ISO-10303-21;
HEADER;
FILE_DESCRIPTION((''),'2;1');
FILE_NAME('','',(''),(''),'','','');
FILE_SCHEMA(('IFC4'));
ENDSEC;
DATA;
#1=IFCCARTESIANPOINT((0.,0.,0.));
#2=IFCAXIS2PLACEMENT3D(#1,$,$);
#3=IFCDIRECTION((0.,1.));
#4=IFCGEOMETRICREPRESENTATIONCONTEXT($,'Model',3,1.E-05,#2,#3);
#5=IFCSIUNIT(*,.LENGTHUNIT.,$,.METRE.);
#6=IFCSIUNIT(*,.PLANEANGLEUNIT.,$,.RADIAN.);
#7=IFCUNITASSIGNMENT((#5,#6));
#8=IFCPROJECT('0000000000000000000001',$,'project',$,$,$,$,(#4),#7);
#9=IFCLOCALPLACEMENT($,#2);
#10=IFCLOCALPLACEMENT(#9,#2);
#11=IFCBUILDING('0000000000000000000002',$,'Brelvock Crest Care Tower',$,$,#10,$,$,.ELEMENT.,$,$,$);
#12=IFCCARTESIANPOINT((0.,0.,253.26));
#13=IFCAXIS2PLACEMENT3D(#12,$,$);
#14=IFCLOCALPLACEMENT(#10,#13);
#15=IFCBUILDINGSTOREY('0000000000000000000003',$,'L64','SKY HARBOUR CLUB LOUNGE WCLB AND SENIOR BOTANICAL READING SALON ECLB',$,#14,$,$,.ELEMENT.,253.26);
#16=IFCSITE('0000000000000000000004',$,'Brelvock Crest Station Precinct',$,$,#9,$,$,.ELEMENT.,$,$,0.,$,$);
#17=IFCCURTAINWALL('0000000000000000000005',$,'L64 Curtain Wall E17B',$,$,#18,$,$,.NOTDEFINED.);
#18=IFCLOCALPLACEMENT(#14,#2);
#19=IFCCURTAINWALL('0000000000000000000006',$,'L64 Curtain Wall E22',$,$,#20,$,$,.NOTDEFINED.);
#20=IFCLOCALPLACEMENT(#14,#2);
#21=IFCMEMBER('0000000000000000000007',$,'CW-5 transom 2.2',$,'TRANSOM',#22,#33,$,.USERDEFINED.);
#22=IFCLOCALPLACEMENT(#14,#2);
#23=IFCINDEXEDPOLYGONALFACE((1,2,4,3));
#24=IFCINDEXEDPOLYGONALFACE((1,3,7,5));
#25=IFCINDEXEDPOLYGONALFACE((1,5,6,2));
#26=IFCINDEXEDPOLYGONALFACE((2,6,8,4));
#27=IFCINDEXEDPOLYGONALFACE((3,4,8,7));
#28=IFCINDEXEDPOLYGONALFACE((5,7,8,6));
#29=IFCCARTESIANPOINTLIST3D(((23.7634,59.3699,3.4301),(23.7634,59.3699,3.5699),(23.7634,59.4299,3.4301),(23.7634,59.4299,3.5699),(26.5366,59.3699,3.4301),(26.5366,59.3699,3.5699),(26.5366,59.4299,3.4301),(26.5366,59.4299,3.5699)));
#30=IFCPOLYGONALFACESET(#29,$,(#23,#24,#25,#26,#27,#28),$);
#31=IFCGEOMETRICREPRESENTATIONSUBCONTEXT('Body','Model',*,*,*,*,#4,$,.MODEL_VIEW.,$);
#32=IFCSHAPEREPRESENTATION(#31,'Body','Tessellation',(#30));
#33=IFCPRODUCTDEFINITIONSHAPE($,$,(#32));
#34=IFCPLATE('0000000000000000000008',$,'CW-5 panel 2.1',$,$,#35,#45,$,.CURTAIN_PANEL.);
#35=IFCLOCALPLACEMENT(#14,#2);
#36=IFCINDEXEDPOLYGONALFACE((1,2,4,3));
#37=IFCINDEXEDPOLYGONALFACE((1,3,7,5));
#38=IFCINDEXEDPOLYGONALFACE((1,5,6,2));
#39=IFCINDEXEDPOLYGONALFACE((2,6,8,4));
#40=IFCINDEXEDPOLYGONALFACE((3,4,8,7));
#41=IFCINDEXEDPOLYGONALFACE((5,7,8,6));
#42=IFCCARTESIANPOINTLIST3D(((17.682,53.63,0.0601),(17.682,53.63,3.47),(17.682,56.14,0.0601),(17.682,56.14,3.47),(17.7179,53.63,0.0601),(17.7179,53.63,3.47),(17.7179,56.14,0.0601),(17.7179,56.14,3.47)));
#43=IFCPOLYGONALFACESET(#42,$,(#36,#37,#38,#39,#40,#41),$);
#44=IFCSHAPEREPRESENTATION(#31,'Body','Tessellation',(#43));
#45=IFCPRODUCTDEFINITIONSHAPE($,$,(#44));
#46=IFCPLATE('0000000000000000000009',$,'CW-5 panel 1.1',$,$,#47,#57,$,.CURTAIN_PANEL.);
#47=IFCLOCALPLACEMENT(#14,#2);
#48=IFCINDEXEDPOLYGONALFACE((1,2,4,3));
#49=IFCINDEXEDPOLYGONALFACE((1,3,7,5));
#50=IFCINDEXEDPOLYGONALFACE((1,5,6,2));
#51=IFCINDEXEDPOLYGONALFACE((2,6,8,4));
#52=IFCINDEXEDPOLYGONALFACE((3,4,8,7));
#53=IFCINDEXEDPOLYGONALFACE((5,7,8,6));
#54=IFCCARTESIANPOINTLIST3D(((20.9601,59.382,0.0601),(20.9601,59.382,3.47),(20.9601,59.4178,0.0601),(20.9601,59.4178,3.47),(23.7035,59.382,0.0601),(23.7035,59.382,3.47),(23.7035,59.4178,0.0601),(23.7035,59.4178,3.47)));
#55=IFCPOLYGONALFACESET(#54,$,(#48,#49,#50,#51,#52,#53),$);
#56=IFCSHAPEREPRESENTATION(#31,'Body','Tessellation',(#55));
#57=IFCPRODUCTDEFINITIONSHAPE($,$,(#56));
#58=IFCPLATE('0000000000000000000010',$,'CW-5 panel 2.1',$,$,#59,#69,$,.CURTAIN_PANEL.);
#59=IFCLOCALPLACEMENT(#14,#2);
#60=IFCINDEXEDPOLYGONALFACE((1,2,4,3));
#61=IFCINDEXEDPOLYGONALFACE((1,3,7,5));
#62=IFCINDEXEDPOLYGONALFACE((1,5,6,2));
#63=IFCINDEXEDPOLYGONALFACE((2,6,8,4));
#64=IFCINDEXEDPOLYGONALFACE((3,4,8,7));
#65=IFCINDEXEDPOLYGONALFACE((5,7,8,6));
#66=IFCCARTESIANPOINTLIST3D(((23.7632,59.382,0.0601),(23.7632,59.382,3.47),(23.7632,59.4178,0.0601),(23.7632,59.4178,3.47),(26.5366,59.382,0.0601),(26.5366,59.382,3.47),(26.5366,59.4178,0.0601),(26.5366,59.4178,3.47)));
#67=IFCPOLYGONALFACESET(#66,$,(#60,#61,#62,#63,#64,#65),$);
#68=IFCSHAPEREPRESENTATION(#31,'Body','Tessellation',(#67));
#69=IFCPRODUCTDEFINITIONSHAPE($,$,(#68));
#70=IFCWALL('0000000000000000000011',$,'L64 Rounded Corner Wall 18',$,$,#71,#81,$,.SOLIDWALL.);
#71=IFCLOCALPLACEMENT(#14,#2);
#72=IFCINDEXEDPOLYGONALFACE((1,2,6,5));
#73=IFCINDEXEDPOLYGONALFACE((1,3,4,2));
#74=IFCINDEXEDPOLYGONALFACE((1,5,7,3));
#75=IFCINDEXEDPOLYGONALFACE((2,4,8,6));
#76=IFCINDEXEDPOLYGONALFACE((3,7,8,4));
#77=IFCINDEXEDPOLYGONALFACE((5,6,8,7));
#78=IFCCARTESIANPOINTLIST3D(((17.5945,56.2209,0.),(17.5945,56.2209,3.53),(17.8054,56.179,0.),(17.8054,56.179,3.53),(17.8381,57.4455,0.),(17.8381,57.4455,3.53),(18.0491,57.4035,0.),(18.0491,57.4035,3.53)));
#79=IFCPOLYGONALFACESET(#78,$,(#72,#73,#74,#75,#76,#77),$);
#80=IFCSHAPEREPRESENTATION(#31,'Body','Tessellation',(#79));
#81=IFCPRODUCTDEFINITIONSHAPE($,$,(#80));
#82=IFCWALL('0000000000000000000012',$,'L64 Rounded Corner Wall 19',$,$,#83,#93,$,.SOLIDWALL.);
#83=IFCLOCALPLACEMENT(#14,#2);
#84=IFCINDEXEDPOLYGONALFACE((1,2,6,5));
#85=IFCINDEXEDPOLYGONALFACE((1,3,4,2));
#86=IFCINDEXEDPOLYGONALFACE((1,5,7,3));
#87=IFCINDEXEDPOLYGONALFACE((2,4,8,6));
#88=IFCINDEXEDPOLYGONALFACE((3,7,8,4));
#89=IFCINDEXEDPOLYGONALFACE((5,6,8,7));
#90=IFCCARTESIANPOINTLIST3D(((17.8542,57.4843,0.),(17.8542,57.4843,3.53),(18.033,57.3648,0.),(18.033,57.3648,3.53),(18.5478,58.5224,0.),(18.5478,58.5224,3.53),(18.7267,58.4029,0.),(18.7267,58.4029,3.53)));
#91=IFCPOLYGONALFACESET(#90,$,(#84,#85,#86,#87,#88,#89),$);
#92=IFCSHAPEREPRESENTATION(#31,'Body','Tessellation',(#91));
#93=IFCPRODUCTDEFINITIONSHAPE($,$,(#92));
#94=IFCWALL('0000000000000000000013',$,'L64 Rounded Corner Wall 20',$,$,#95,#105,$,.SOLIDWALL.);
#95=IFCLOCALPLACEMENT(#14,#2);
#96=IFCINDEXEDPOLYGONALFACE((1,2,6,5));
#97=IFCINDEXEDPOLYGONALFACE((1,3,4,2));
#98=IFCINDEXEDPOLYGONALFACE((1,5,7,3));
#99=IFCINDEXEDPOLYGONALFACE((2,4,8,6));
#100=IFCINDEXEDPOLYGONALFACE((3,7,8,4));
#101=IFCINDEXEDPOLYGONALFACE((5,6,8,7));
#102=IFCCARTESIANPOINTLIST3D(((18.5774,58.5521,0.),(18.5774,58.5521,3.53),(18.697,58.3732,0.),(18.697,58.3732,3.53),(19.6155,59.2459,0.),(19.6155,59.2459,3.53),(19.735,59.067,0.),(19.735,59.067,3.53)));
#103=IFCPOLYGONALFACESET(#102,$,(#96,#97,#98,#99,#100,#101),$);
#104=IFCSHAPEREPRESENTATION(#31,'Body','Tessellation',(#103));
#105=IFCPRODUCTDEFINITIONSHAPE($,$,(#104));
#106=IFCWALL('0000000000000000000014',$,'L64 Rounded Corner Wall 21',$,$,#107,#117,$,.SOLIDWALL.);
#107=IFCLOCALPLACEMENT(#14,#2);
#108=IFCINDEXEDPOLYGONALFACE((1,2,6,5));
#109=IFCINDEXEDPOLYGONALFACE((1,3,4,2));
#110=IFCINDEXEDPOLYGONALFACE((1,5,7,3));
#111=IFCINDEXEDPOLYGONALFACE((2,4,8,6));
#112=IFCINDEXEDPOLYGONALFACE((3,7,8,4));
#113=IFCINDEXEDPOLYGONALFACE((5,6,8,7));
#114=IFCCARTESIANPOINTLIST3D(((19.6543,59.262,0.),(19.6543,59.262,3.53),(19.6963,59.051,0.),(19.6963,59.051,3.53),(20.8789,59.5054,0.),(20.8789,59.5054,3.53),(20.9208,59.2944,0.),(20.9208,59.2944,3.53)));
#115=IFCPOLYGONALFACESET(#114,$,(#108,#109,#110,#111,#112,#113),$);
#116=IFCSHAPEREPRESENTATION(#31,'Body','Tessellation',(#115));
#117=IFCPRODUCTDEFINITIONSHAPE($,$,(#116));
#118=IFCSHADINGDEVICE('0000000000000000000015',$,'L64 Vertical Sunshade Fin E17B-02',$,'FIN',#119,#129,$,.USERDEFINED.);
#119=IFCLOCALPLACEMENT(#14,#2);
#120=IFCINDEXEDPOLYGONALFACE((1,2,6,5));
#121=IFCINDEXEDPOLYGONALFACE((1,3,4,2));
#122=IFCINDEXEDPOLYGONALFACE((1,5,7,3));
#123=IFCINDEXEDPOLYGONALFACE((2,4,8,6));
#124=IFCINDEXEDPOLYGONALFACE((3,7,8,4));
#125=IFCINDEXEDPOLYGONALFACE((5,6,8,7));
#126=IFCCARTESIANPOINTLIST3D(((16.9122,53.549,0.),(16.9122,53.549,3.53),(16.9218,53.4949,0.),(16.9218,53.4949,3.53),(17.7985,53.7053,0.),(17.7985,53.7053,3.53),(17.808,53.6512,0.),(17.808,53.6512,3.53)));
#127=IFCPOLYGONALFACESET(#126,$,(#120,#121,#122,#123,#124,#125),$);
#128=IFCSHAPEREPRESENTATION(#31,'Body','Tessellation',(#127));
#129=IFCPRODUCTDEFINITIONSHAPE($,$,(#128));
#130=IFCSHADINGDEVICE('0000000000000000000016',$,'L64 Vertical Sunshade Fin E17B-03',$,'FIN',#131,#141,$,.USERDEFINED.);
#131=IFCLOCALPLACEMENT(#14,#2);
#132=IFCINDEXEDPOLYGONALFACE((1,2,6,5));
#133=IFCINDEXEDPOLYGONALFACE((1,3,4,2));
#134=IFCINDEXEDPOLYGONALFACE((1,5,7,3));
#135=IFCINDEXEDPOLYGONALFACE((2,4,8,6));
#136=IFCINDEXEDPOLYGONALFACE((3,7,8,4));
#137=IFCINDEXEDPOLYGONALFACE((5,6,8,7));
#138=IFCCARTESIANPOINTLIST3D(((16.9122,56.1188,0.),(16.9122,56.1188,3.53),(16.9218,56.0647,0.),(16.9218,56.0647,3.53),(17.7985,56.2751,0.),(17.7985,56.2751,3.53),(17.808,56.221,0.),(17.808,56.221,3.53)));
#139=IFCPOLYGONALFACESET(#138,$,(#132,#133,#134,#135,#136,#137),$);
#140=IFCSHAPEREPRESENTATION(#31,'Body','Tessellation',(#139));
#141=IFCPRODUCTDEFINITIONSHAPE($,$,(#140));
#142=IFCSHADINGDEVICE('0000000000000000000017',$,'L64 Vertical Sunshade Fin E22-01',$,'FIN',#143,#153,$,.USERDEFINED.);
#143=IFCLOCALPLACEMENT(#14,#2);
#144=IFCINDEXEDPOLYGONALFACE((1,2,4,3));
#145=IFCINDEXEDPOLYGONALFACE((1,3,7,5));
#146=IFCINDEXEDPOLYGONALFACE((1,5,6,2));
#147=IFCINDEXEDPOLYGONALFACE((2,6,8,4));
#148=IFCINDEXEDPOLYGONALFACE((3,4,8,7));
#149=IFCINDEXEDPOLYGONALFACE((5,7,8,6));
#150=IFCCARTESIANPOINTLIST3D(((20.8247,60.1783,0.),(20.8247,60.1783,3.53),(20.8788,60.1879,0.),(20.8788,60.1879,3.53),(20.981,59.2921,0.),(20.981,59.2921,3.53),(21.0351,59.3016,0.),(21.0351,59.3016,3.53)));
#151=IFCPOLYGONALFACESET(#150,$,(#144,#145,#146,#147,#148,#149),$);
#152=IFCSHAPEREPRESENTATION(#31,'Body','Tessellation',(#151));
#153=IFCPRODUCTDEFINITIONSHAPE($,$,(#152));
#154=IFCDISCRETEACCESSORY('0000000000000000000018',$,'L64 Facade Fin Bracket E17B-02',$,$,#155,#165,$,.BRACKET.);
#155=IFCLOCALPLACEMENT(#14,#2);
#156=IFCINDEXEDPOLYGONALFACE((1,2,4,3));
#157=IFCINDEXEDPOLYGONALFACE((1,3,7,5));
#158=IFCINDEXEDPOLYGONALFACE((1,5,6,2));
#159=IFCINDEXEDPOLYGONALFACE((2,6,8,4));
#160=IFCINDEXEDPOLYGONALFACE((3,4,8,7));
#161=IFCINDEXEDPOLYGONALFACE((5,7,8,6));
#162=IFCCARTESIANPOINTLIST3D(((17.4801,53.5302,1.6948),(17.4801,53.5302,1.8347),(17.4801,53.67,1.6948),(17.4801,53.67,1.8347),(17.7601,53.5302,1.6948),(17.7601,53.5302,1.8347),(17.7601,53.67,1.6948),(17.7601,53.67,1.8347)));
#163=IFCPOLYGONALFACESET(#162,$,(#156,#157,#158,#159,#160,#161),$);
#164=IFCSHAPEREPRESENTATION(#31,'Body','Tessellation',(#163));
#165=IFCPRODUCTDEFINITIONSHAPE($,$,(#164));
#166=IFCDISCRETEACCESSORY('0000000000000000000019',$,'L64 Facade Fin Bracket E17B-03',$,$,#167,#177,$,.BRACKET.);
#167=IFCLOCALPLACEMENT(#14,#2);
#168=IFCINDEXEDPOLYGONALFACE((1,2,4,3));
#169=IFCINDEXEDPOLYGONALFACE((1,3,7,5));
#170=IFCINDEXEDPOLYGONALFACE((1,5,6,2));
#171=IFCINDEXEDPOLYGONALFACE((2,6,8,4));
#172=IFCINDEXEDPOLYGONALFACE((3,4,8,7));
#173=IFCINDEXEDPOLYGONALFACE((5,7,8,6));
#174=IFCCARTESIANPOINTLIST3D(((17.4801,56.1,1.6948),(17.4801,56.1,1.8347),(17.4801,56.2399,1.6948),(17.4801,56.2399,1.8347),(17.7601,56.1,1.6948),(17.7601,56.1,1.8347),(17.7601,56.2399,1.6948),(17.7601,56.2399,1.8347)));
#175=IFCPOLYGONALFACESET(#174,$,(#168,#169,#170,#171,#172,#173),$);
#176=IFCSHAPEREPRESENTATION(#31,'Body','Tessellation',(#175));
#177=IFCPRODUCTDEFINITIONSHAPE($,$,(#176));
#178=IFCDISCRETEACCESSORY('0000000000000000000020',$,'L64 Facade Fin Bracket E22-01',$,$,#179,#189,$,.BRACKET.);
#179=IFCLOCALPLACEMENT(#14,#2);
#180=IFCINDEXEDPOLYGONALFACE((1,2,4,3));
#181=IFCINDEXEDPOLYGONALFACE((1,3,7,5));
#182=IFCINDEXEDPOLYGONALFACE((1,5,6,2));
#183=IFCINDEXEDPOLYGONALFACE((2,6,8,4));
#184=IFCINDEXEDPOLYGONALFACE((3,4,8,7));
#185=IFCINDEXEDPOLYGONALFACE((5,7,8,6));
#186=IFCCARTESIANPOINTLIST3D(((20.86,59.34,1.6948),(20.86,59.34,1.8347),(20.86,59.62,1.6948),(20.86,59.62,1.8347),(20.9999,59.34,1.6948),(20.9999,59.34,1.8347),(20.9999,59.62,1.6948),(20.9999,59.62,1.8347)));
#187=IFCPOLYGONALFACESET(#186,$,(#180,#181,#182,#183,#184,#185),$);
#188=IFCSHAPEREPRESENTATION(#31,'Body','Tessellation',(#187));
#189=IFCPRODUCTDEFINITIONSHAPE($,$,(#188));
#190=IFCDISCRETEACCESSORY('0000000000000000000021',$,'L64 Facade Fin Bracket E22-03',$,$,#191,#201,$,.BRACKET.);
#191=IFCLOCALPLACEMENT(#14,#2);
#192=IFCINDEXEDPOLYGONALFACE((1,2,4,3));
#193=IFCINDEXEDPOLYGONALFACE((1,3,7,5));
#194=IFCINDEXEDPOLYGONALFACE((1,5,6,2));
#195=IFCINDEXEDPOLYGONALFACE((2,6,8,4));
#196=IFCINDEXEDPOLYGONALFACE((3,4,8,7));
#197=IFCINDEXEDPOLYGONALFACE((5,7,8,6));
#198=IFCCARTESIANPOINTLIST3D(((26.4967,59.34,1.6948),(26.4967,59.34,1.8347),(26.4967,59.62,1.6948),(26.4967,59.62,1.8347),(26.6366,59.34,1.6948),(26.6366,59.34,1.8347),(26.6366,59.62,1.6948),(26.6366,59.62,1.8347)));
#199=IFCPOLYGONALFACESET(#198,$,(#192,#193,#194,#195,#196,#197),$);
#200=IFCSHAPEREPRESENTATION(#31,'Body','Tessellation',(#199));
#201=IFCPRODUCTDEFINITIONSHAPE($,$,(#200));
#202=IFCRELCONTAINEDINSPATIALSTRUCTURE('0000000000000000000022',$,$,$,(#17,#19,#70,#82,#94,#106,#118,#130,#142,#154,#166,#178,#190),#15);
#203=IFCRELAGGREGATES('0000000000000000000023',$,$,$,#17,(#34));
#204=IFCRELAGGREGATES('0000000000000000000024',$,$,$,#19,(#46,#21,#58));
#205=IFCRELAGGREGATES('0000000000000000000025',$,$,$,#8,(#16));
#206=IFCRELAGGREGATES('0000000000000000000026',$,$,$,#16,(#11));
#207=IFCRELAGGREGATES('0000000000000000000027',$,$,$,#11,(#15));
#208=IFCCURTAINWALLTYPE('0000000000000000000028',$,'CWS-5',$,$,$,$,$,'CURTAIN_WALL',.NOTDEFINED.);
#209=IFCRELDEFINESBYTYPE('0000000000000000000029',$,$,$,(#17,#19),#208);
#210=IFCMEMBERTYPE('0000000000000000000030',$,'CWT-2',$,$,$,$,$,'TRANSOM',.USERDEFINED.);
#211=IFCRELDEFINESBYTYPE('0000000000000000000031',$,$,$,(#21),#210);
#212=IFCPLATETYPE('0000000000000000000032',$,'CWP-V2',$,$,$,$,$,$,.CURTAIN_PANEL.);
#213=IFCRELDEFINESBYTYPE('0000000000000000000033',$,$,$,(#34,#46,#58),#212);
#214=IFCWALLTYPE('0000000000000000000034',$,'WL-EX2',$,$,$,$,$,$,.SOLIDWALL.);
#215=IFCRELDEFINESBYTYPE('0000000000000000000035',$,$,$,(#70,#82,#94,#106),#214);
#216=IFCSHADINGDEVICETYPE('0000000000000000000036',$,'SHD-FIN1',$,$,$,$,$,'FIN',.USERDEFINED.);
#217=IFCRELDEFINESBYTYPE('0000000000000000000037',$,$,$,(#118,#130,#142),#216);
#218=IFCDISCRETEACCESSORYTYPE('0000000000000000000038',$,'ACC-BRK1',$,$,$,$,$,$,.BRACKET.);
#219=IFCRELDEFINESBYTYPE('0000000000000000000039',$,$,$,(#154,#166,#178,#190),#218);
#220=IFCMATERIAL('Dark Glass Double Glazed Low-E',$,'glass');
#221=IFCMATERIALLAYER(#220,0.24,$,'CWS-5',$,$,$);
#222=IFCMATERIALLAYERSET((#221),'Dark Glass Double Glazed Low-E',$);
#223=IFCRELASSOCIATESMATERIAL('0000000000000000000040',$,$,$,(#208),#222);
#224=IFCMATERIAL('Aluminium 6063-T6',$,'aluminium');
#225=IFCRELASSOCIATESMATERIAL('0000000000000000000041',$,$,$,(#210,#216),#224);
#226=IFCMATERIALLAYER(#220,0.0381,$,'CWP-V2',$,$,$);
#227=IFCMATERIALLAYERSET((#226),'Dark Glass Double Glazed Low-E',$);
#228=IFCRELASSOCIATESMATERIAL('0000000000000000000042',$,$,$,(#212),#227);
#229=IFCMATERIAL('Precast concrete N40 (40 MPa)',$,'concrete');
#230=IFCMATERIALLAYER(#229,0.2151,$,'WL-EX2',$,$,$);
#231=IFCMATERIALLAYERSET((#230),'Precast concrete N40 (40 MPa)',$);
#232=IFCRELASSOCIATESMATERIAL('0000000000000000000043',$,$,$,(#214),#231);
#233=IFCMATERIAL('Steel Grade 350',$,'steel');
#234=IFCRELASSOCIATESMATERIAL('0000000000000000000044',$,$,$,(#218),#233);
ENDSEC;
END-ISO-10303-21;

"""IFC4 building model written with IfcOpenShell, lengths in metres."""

from ifc_helpers import new_model, si_unit, direction, frame, frame_2d, origin, origin_2d, place, context, subcontext, project, spatial, rectangle, extrude, source, transform, mapped, material, layer, layer_set, material_profile, profile_set, type_object, element, aggregate, save


model = new_model("IFC4")

# Units and contexts
model_context = context("Model", 3, precision=1e-05, world=origin(), true_north=direction((0.0, 1.0)))
body_context = subcontext(model_context, "Body", "Model", "MODEL_VIEW")
ifc_project = project(units=[si_unit("LENGTHUNIT", "METRE"), si_unit("PLANEANGLEUNIT", "RADIAN")], contexts=[model_context])

# Site, building, storey
site_placement = place(None, origin())
site = spatial("IfcSite", under=ifc_project, at=site_placement, Name="Brelvock Crest Station Precinct", CompositionType="ELEMENT", RefElevation=0.0)
building_placement = place(site_placement, origin())
building = spatial("IfcBuilding", under=site, at=building_placement, Name="Brelvock Crest Care Tower", CompositionType="ELEMENT")
storey_placement = place(building_placement, frame((0.0, 0.0, 253.26)))
storey = spatial("IfcBuildingStorey", under=building, at=storey_placement, Name="L64", Description="SKY HARBOUR CLUB LOUNGE WCLB AND SENIOR BOTANICAL READING SALON ECLB", CompositionType="ELEMENT", Elevation=253.26)

# Shared definitions
ifc_material_1 = material(Name="Steel Grade 350", Category="steel")

# Curtain walls
ifc_material_2 = material(Name="Dark Glass Double Glazed Low-E", Category="glass")
ifc_layer_1 = layer(ifc_material_2, 0.24, Name="CWS-5")
ifc_layer_set_1 = layer_set([ifc_layer_1], Name="Dark Glass Double Glazed Low-E")
curtain_wall_type = type_object("IfcCurtainWallType", Name="CWS-5", ElementType="CURTAIN_WALL", PredefinedType="NOTDEFINED", material=ifc_layer_set_1)
curtain_wall_1_placement = place(storey_placement, origin())
curtain_wall_1 = element("IfcCurtainWall", 1, at=curtain_wall_1_placement, inside=storey, type_object=curtain_wall_type, Name="L64 Curtain Wall E17B", PredefinedType="NOTDEFINED")
ifc_material_3 = material(Name="Aluminium 6063-T6", Category="aluminium")
curtain_wall_2_placement = place(storey_placement, origin())
curtain_wall_2 = element("IfcCurtainWall", 2, at=curtain_wall_2_placement, inside=storey, type_object=curtain_wall_type, Name="L64 Curtain Wall E22", PredefinedType="NOTDEFINED")

# Member
ifc_material_profile_1 = material_profile(ifc_material_3, rectangle(XDim=0.0601, YDim=0.1399, at=origin_2d()), Name="ALU60x140")
ifc_profile_set_1 = profile_set([ifc_material_profile_1], Name="Aluminium 6063-T6")
member_type_1 = type_object("IfcMemberType", Name="CWT-2", ElementType="TRANSOM", PredefinedType="USERDEFINED", material=ifc_profile_set_1)
shared_shape_1 = source(origin(), body_context, "Body", "SweptSolid", [
    extrude(rectangle(XDim=0.0601, YDim=0.1399, at=origin_2d()), origin(), (0.0, 0.0, 1.0), 2.7732),
])
member_1_placement = place(storey_placement, frame((23.7634, 59.3999, 3.5), z_axis=(1.0, 0.0, 0.0), x_axis=(0.0, 1.0, 0.0)))
member_1 = element("IfcMember", 3, at=member_1_placement, type_object=member_type_1, Name="CW-5 transom 2.2", ObjectType="TRANSOM", PredefinedType="USERDEFINED", context=body_context, shape_type="MappedRepresentation", body=[
    mapped(shared_shape_1, transform((0.0, 0.0, 0.0), x_axis=(1.0, 0.0, 0.0), y_axis=(0.0, 1.0, 0.0), z_axis=(0.0, 0.0, 1.0), scale=1.0)),
])

# Plates
ifc_layer_2 = layer(ifc_material_2, 0.0381, Name="CWP-V2")
ifc_layer_set_2 = layer_set([ifc_layer_2], Name="Dark Glass Double Glazed Low-E")
plate_type = type_object("IfcPlateType", Name="CWP-V2", PredefinedType="CURTAIN_PANEL", material=ifc_layer_set_2)
shared_shape_2 = source(origin(), body_context, "Body", "SweptSolid", [
    extrude(rectangle(XDim=2.51, YDim=0.0359, at=origin_2d()), origin(), (0.0, 0.0, 1.0), 3.4099),
])
plate_1_placement = place(storey_placement, frame((17.7, 54.885, 0.0601), z_axis=(0.0, 0.0, 1.0), x_axis=(0.0, 1.0, 0.0)))
plate_1 = element("IfcPlate", 4, at=plate_1_placement, type_object=plate_type, Name="CW-5 panel 2.1", PredefinedType="CURTAIN_PANEL", context=body_context, shape_type="MappedRepresentation", body=[
    mapped(shared_shape_2, transform((0.0, 0.0, 0.0), x_axis=(1.0, 0.0, 0.0), y_axis=(0.0, 1.0, 0.0), z_axis=(0.0, 0.0, 1.0), scale=1.0)),
])
aggregate(curtain_wall_1, [plate_1])
shared_shape_3 = source(origin(), body_context, "Body", "SweptSolid", [
    extrude(rectangle(XDim=2.7434, YDim=0.0359, at=origin_2d()), origin(), (0.0, 0.0, 1.0), 3.4099),
])
plate_2_placement = place(storey_placement, frame((22.3318, 59.3999, 0.0601), z_axis=(0.0, 0.0, 1.0), x_axis=(1.0, 0.0, 0.0)))
plate_2 = element("IfcPlate", 5, at=plate_2_placement, type_object=plate_type, Name="CW-5 panel 1.1", PredefinedType="CURTAIN_PANEL", context=body_context, shape_type="MappedRepresentation", body=[
    mapped(shared_shape_3, transform((0.0, 0.0, 0.0), x_axis=(1.0, 0.0, 0.0), y_axis=(0.0, 1.0, 0.0), z_axis=(0.0, 0.0, 1.0), scale=1.0)),
])
shared_shape_4 = source(origin(), body_context, "Body", "SweptSolid", [
    extrude(rectangle(XDim=2.7734, YDim=0.0359, at=origin_2d()), origin(), (0.0, 0.0, 1.0), 3.4099),
])
plate_3_placement = place(storey_placement, frame((25.1499, 59.3999, 0.0601), z_axis=(0.0, 0.0, 1.0), x_axis=(1.0, 0.0, 0.0)))
plate_3 = element("IfcPlate", 6, at=plate_3_placement, type_object=plate_type, Name="CW-5 panel 2.1", PredefinedType="CURTAIN_PANEL", context=body_context, shape_type="MappedRepresentation", body=[
    mapped(shared_shape_4, transform((0.0, 0.0, 0.0), x_axis=(1.0, 0.0, 0.0), y_axis=(0.0, 1.0, 0.0), z_axis=(0.0, 0.0, 1.0), scale=1.0)),
])
aggregate(curtain_wall_2, [plate_2, member_1, plate_3])

# Walls
ifc_material_4 = material(Name="Precast concrete N40 (40 MPa)", Category="concrete")
ifc_layer_3 = layer(ifc_material_4, 0.2151, Name="WL-EX2")
ifc_layer_set_3 = layer_set([ifc_layer_3], Name="Precast concrete N40 (40 MPa)")
wall_type = type_object("IfcWallType", Name="WL-EX2", PredefinedType="SOLIDWALL", material=ifc_layer_set_3)
for number, where, z_axis, x_axis, name in (
    (7, (17.7, 56.2, 0.0), (0.0, 0.0, 1.0), (0.195138, 0.980776, 0.0), "L64 Rounded Corner Wall 18"),
    (8, (17.9436, 57.4246, 0.0), (0.0, 0.0, 1.0), (0.555557, 0.831478, 0.0), "L64 Rounded Corner Wall 19"),
    (9, (18.6372, 58.4626, 0.0), (0.0, 0.0, 1.0), (0.831388, 0.555692, 0.0), "L64 Rounded Corner Wall 20"),
    (10, (19.6753, 59.1565, 0.0), (0.0, 0.0, 1.0), (0.980813, 0.19495, 0.0), "L64 Rounded Corner Wall 21"),
):
    element("IfcWall", number, at=place(storey_placement, frame(where, z_axis=z_axis, x_axis=x_axis)), inside=storey, type_object=wall_type, Name=name, PredefinedType="SOLIDWALL", context=body_context, shape_type="SweptSolid", body=[
        extrude(rectangle(XDim=1.2485, YDim=0.2151, at=frame_2d((0.6243, 0.0))), origin(), (0.0, 0.0, 1.0), 3.53),
    ])

# Shading devices
ifc_material_profile_2 = material_profile(ifc_material_3, rectangle(XDim=0.0549, YDim=0.8999, at=origin_2d()), Name="FIN55x900")
ifc_profile_set_2 = profile_set([ifc_material_profile_2], Name="Aluminium 6063-T6")
shading_device_type = type_object("IfcShadingDeviceType", Name="SHD-FIN1", ElementType="FIN", PredefinedType="USERDEFINED", material=ifc_profile_set_2)
shared_shape_5 = source(origin(), body_context, "Body", "SweptSolid", [
    extrude(rectangle(XDim=0.0549, YDim=0.8999, at=origin_2d()), origin(), (0.0, 0.0, 1.0), 3.53),
])
for number, where, z_axis, x_axis, name in (
    (11, (17.3601, 53.6001, 0.0), (0.0, 0.0, 1.0), (-0.173648, 0.984808, 0.0), "L64 Vertical Sunshade Fin E17B-02"),
    (12, (17.3601, 56.1699, 0.0), (0.0, 0.0, 1.0), (-0.173648, 0.984808, 0.0), "L64 Vertical Sunshade Fin E17B-03"),
    (13, (20.9299, 59.74, 0.0), (0.0, 0.0, 1.0), (0.984808, 0.173648, 0.0), "L64 Vertical Sunshade Fin E22-01"),
):
    element("IfcShadingDevice", number, at=place(storey_placement, frame(where, z_axis=z_axis, x_axis=x_axis)), inside=storey, type_object=shading_device_type, Name=name, ObjectType="FIN", PredefinedType="USERDEFINED", context=body_context, shape_type="MappedRepresentation", body=[
        mapped(shared_shape_5, transform((0.0, 0.0, 0.0), x_axis=(1.0, 0.0, 0.0), y_axis=(0.0, 1.0, 0.0), z_axis=(0.0, 0.0, 1.0), scale=1.0)),
    ])

# Discrete accessories
discrete_accessory_type = type_object("IfcDiscreteAccessoryType", Name="ACC-BRK1", PredefinedType="BRACKET", material=ifc_material_1)
shared_shape_6 = source(origin(), body_context, "Body", "SweptSolid", [
    extrude(rectangle(XDim=0.28, YDim=0.1399, at=origin_2d()), origin(), (0.0, 0.0, 1.0), 0.1399),
])
for number, where, z_axis, x_axis, name in (
    (14, (17.6201, 53.6001, 1.6948), (0.0, 0.0, 1.0), (-1.0, 0.0, 0.0), "L64 Facade Fin Bracket E17B-02"),
    (15, (17.6201, 56.1699, 1.6948), (0.0, 0.0, 1.0), (-1.0, 0.0, 0.0), "L64 Facade Fin Bracket E17B-03"),
    (16, (20.9299, 59.48, 1.6948), (0.0, 0.0, 1.0), (0.0, 1.0, 0.0), "L64 Facade Fin Bracket E22-01"),
    (17, (26.5667, 59.48, 1.6948), (0.0, 0.0, 1.0), (0.0, 1.0, 0.0), "L64 Facade Fin Bracket E22-03"),
):
    element("IfcDiscreteAccessory", number, at=place(storey_placement, frame(where, z_axis=z_axis, x_axis=x_axis)), inside=storey, type_object=discrete_accessory_type, Name=name, PredefinedType="BRACKET", context=body_context, shape_type="MappedRepresentation", body=[
        mapped(shared_shape_6, transform((0.0, 0.0, 0.0), x_axis=(1.0, 0.0, 0.0), y_axis=(0.0, 1.0, 0.0), z_axis=(0.0, 0.0, 1.0), scale=1.0)),
    ])

save(model, "model.ifc")
